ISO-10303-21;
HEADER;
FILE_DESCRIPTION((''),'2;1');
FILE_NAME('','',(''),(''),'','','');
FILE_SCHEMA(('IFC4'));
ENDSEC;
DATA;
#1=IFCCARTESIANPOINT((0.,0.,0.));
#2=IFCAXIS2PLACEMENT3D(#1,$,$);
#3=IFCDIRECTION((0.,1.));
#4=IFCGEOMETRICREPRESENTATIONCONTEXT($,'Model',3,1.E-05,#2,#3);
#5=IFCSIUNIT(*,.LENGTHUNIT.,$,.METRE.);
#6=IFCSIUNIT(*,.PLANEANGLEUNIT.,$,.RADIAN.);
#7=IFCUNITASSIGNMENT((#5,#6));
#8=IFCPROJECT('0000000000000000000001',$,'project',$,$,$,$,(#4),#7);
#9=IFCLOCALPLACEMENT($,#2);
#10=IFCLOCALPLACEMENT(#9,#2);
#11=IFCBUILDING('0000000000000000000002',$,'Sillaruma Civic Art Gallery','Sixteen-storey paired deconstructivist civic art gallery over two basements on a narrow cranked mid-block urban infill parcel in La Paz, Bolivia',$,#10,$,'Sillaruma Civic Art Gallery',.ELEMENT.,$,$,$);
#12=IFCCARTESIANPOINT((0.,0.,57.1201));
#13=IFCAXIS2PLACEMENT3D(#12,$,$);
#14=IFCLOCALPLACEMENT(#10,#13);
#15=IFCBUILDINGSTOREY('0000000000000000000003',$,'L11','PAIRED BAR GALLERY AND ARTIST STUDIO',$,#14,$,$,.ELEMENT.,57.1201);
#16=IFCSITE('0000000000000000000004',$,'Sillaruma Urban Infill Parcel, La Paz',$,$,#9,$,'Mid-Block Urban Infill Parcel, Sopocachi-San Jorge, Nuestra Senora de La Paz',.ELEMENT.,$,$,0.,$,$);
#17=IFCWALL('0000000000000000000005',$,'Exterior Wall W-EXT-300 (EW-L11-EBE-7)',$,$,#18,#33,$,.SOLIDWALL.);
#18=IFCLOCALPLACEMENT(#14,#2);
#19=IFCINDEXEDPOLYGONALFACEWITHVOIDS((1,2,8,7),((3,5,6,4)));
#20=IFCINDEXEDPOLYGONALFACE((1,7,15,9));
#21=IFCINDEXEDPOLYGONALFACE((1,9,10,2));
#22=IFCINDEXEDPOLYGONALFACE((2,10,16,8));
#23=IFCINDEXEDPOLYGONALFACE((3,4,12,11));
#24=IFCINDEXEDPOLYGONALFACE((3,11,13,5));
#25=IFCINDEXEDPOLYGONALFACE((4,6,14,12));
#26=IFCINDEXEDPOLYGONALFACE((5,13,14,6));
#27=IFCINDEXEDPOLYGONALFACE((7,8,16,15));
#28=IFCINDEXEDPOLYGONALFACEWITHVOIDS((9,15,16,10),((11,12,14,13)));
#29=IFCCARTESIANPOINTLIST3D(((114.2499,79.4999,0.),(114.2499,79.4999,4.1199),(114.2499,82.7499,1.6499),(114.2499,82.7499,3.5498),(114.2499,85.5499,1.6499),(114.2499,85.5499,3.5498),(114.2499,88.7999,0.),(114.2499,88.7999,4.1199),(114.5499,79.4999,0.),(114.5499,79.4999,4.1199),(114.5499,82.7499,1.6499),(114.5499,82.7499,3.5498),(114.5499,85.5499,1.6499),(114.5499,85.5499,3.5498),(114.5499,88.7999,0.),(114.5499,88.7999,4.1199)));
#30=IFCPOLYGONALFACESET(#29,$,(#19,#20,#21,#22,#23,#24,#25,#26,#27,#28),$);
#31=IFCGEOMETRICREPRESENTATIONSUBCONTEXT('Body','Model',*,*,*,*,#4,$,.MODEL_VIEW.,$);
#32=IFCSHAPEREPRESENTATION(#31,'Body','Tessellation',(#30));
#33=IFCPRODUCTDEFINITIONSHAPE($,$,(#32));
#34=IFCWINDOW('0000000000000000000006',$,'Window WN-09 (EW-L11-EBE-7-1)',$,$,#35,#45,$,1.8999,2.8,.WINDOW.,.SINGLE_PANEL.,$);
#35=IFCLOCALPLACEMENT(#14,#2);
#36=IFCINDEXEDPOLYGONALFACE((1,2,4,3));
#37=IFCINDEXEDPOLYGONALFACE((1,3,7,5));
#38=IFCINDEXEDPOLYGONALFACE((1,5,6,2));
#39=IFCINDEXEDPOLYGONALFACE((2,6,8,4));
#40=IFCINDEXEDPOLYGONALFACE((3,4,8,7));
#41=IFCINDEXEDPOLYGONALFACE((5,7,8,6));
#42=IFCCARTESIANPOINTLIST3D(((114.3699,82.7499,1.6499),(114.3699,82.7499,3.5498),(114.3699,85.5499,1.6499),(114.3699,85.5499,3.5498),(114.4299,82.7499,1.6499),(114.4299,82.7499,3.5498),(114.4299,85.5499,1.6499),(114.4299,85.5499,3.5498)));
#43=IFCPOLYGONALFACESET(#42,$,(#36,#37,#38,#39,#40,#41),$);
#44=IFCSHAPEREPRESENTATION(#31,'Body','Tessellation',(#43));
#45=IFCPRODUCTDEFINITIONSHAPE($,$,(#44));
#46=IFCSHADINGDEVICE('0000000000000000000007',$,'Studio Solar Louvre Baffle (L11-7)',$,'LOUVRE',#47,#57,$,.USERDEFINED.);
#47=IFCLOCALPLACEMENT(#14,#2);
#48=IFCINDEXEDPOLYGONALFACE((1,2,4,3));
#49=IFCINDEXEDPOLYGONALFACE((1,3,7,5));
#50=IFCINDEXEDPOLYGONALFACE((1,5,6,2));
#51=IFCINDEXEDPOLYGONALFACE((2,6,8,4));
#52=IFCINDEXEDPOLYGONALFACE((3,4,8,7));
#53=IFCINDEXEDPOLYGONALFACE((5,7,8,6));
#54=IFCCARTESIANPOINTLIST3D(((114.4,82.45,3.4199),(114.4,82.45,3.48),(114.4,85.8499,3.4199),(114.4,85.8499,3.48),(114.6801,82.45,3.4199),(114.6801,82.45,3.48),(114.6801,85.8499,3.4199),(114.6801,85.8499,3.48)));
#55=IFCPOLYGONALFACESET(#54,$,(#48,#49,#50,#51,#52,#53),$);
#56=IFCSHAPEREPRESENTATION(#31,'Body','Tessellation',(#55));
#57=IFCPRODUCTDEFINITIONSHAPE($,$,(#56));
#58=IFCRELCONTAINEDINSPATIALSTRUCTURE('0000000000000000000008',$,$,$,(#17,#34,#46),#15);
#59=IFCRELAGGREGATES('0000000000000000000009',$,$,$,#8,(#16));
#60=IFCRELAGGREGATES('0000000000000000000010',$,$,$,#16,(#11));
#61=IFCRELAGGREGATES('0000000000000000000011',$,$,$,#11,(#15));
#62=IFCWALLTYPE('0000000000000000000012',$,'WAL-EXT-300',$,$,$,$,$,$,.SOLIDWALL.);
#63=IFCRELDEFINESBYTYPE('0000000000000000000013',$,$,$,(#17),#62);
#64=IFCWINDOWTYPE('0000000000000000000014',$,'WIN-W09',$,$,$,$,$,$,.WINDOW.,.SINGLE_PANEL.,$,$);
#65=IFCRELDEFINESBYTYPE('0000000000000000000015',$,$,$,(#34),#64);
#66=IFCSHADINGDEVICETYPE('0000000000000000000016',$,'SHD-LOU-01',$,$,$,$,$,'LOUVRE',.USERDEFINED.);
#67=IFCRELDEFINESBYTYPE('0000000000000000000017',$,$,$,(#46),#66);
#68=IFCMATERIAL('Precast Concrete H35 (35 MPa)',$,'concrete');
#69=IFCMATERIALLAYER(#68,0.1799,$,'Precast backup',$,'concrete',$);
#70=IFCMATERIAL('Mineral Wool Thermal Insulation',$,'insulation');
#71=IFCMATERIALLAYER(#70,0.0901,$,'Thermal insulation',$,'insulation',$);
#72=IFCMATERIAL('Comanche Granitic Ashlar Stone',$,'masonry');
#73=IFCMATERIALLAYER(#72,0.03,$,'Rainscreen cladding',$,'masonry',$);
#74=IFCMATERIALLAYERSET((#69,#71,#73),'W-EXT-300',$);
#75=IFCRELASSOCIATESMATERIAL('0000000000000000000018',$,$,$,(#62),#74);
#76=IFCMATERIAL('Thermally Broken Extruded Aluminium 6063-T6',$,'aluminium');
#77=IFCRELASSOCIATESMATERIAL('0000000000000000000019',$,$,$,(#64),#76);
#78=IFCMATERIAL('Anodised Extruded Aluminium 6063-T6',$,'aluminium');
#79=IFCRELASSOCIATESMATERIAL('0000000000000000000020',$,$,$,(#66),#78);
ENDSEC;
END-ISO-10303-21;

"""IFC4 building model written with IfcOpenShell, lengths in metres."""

from ifc_helpers import new_model, si_unit, direction, frame, frame_2d, origin, origin_2d, place, context, subcontext, project, spatial, rectangle, extrude, material, layer, layer_set, type_object, element, fill, save


model = new_model("IFC4")

# Units and contexts
model_context = context("Model", 3, precision=1e-05, world=origin(), true_north=direction((0.0, 1.0)))
body_context = subcontext(model_context, "Body", "Model", "MODEL_VIEW")
ifc_project = project(units=[si_unit("LENGTHUNIT", "METRE"), si_unit("PLANEANGLEUNIT", "RADIAN")], contexts=[model_context])

# Site, building, storey
site_placement = place(None, origin())
site = spatial("IfcSite", under=ifc_project, at=site_placement, Name="Sillaruma Urban Infill Parcel, La Paz", LongName="Mid-Block Urban Infill Parcel, Sopocachi-San Jorge, Nuestra Senora de La Paz", CompositionType="ELEMENT", RefElevation=0.0)
building_placement = place(site_placement, origin())
building = spatial("IfcBuilding", under=site, at=building_placement, Name="Sillaruma Civic Art Gallery", Description="Sixteen-storey paired deconstructivist civic art gallery over two basements on a narrow cranked mid-block urban infill parcel in La Paz, Bolivia", LongName="Sillaruma Civic Art Gallery", CompositionType="ELEMENT")
storey_placement = place(building_placement, frame((0.0, 0.0, 57.1201)))
storey = spatial("IfcBuildingStorey", under=building, at=storey_placement, Name="L11", Description="PAIRED BAR GALLERY AND ARTIST STUDIO", CompositionType="ELEMENT", Elevation=57.1201)

# Shared definitions
ifc_material_1 = material(Name="Thermally Broken Extruded Aluminium 6063-T6", Category="aluminium")

# Shared definitions
ifc_material_2 = material(Name="Mineral Wool Thermal Insulation", Category="insulation")

# Wall, opening, window
ifc_material_3 = material(Name="Precast Concrete H35 (35 MPa)", Category="concrete")
ifc_layer_1 = layer(ifc_material_3, 0.1799, Name="Precast backup", Category="concrete")
ifc_layer_2 = layer(ifc_material_2, 0.0901, Name="Thermal insulation", Category="insulation")
ifc_material_4 = material(Name="Comanche Granitic Ashlar Stone", Category="masonry")
ifc_layer_3 = layer(ifc_material_4, 0.03, Name="Rainscreen cladding", Category="masonry")
ifc_layer_set_1 = layer_set([ifc_layer_1, ifc_layer_2, ifc_layer_3], Name="W-EXT-300")
wall_type_1 = type_object("IfcWallType", Name="WAL-EXT-300", PredefinedType="SOLIDWALL", material=ifc_layer_set_1)
wall_1_placement = place(storey_placement, frame((114.3999, 79.5, 0.0), z_axis=(0.0, 0.0, 1.0), x_axis=(0.0, 1.0, 0.0)))
wall_1 = element("IfcWall", 1, at=wall_1_placement, inside=storey, type_object=wall_type_1, Name="Exterior Wall W-EXT-300 (EW-L11-EBE-7)", PredefinedType="SOLIDWALL", context=body_context, shape_type="SweptSolid", body=[
    extrude(rectangle(XDim=9.3, YDim=0.3, at=frame_2d((4.6499, 0.0))), origin(), (0.0, 0.0, 1.0), 4.1199),
])
opening_placement = place(wall_1_placement, frame((3.25, 0.0, 1.6499)))
opening = element("IfcOpeningElement", 2, at=opening_placement, cuts=wall_1, PredefinedType="OPENING", context=body_context, shape_type="SweptSolid", body=[
    extrude(rectangle(XDim=2.8, YDim=1.8999, at=frame_2d((1.3999, 0.95))), frame((0.0, 0.1599, 0.0), z_axis=(0.0, -1.0, 0.0), x_axis=(1.0, 0.0, 0.0)), (0.0, 0.0, 1.0), 0.3201),
])
window_type = type_object("IfcWindowType", Name="WIN-W09", PartitioningType="SINGLE_PANEL", PredefinedType="WINDOW", material=ifc_material_1)
window_placement = place(opening_placement, origin())
window = element("IfcWindow", 3, at=window_placement, inside=storey, type_object=window_type, Name="Window WN-09 (EW-L11-EBE-7-1)", OverallHeight=1.8999, OverallWidth=2.8, PartitioningType="SINGLE_PANEL", PredefinedType="WINDOW", context=body_context, shape_type="SweptSolid", body=[
    extrude(rectangle(XDim=2.8, YDim=1.8999, at=frame_2d((1.3999, 0.95))), frame((0.0, 0.03, 0.0), z_axis=(0.0, -1.0, 0.0), x_axis=(1.0, 0.0, 0.0)), (0.0, 0.0, 1.0), 0.0601),
])
fill(opening, window)

# Shading device
ifc_material_5 = material(Name="Anodised Extruded Aluminium 6063-T6", Category="aluminium")
shading_device_type = type_object("IfcShadingDeviceType", Name="SHD-LOU-01", ElementType="LOUVRE", PredefinedType="USERDEFINED", material=ifc_material_5)
shading_device_placement = place(storey_placement, frame((114.54, 84.1499, 3.4199), z_axis=(0.0, 0.0, 1.0), x_axis=(0.0, 1.0, 0.0)))
element("IfcShadingDevice", 4, at=shading_device_placement, inside=storey, type_object=shading_device_type, Name="Studio Solar Louvre Baffle (L11-7)", ObjectType="LOUVRE", PredefinedType="USERDEFINED", context=body_context, shape_type="SweptSolid", body=[
    extrude(rectangle(XDim=3.3999, YDim=0.28, at=origin_2d()), origin(), (0.0, 0.0, 1.0), 0.0601),
])

save(model, "model.ifc")
